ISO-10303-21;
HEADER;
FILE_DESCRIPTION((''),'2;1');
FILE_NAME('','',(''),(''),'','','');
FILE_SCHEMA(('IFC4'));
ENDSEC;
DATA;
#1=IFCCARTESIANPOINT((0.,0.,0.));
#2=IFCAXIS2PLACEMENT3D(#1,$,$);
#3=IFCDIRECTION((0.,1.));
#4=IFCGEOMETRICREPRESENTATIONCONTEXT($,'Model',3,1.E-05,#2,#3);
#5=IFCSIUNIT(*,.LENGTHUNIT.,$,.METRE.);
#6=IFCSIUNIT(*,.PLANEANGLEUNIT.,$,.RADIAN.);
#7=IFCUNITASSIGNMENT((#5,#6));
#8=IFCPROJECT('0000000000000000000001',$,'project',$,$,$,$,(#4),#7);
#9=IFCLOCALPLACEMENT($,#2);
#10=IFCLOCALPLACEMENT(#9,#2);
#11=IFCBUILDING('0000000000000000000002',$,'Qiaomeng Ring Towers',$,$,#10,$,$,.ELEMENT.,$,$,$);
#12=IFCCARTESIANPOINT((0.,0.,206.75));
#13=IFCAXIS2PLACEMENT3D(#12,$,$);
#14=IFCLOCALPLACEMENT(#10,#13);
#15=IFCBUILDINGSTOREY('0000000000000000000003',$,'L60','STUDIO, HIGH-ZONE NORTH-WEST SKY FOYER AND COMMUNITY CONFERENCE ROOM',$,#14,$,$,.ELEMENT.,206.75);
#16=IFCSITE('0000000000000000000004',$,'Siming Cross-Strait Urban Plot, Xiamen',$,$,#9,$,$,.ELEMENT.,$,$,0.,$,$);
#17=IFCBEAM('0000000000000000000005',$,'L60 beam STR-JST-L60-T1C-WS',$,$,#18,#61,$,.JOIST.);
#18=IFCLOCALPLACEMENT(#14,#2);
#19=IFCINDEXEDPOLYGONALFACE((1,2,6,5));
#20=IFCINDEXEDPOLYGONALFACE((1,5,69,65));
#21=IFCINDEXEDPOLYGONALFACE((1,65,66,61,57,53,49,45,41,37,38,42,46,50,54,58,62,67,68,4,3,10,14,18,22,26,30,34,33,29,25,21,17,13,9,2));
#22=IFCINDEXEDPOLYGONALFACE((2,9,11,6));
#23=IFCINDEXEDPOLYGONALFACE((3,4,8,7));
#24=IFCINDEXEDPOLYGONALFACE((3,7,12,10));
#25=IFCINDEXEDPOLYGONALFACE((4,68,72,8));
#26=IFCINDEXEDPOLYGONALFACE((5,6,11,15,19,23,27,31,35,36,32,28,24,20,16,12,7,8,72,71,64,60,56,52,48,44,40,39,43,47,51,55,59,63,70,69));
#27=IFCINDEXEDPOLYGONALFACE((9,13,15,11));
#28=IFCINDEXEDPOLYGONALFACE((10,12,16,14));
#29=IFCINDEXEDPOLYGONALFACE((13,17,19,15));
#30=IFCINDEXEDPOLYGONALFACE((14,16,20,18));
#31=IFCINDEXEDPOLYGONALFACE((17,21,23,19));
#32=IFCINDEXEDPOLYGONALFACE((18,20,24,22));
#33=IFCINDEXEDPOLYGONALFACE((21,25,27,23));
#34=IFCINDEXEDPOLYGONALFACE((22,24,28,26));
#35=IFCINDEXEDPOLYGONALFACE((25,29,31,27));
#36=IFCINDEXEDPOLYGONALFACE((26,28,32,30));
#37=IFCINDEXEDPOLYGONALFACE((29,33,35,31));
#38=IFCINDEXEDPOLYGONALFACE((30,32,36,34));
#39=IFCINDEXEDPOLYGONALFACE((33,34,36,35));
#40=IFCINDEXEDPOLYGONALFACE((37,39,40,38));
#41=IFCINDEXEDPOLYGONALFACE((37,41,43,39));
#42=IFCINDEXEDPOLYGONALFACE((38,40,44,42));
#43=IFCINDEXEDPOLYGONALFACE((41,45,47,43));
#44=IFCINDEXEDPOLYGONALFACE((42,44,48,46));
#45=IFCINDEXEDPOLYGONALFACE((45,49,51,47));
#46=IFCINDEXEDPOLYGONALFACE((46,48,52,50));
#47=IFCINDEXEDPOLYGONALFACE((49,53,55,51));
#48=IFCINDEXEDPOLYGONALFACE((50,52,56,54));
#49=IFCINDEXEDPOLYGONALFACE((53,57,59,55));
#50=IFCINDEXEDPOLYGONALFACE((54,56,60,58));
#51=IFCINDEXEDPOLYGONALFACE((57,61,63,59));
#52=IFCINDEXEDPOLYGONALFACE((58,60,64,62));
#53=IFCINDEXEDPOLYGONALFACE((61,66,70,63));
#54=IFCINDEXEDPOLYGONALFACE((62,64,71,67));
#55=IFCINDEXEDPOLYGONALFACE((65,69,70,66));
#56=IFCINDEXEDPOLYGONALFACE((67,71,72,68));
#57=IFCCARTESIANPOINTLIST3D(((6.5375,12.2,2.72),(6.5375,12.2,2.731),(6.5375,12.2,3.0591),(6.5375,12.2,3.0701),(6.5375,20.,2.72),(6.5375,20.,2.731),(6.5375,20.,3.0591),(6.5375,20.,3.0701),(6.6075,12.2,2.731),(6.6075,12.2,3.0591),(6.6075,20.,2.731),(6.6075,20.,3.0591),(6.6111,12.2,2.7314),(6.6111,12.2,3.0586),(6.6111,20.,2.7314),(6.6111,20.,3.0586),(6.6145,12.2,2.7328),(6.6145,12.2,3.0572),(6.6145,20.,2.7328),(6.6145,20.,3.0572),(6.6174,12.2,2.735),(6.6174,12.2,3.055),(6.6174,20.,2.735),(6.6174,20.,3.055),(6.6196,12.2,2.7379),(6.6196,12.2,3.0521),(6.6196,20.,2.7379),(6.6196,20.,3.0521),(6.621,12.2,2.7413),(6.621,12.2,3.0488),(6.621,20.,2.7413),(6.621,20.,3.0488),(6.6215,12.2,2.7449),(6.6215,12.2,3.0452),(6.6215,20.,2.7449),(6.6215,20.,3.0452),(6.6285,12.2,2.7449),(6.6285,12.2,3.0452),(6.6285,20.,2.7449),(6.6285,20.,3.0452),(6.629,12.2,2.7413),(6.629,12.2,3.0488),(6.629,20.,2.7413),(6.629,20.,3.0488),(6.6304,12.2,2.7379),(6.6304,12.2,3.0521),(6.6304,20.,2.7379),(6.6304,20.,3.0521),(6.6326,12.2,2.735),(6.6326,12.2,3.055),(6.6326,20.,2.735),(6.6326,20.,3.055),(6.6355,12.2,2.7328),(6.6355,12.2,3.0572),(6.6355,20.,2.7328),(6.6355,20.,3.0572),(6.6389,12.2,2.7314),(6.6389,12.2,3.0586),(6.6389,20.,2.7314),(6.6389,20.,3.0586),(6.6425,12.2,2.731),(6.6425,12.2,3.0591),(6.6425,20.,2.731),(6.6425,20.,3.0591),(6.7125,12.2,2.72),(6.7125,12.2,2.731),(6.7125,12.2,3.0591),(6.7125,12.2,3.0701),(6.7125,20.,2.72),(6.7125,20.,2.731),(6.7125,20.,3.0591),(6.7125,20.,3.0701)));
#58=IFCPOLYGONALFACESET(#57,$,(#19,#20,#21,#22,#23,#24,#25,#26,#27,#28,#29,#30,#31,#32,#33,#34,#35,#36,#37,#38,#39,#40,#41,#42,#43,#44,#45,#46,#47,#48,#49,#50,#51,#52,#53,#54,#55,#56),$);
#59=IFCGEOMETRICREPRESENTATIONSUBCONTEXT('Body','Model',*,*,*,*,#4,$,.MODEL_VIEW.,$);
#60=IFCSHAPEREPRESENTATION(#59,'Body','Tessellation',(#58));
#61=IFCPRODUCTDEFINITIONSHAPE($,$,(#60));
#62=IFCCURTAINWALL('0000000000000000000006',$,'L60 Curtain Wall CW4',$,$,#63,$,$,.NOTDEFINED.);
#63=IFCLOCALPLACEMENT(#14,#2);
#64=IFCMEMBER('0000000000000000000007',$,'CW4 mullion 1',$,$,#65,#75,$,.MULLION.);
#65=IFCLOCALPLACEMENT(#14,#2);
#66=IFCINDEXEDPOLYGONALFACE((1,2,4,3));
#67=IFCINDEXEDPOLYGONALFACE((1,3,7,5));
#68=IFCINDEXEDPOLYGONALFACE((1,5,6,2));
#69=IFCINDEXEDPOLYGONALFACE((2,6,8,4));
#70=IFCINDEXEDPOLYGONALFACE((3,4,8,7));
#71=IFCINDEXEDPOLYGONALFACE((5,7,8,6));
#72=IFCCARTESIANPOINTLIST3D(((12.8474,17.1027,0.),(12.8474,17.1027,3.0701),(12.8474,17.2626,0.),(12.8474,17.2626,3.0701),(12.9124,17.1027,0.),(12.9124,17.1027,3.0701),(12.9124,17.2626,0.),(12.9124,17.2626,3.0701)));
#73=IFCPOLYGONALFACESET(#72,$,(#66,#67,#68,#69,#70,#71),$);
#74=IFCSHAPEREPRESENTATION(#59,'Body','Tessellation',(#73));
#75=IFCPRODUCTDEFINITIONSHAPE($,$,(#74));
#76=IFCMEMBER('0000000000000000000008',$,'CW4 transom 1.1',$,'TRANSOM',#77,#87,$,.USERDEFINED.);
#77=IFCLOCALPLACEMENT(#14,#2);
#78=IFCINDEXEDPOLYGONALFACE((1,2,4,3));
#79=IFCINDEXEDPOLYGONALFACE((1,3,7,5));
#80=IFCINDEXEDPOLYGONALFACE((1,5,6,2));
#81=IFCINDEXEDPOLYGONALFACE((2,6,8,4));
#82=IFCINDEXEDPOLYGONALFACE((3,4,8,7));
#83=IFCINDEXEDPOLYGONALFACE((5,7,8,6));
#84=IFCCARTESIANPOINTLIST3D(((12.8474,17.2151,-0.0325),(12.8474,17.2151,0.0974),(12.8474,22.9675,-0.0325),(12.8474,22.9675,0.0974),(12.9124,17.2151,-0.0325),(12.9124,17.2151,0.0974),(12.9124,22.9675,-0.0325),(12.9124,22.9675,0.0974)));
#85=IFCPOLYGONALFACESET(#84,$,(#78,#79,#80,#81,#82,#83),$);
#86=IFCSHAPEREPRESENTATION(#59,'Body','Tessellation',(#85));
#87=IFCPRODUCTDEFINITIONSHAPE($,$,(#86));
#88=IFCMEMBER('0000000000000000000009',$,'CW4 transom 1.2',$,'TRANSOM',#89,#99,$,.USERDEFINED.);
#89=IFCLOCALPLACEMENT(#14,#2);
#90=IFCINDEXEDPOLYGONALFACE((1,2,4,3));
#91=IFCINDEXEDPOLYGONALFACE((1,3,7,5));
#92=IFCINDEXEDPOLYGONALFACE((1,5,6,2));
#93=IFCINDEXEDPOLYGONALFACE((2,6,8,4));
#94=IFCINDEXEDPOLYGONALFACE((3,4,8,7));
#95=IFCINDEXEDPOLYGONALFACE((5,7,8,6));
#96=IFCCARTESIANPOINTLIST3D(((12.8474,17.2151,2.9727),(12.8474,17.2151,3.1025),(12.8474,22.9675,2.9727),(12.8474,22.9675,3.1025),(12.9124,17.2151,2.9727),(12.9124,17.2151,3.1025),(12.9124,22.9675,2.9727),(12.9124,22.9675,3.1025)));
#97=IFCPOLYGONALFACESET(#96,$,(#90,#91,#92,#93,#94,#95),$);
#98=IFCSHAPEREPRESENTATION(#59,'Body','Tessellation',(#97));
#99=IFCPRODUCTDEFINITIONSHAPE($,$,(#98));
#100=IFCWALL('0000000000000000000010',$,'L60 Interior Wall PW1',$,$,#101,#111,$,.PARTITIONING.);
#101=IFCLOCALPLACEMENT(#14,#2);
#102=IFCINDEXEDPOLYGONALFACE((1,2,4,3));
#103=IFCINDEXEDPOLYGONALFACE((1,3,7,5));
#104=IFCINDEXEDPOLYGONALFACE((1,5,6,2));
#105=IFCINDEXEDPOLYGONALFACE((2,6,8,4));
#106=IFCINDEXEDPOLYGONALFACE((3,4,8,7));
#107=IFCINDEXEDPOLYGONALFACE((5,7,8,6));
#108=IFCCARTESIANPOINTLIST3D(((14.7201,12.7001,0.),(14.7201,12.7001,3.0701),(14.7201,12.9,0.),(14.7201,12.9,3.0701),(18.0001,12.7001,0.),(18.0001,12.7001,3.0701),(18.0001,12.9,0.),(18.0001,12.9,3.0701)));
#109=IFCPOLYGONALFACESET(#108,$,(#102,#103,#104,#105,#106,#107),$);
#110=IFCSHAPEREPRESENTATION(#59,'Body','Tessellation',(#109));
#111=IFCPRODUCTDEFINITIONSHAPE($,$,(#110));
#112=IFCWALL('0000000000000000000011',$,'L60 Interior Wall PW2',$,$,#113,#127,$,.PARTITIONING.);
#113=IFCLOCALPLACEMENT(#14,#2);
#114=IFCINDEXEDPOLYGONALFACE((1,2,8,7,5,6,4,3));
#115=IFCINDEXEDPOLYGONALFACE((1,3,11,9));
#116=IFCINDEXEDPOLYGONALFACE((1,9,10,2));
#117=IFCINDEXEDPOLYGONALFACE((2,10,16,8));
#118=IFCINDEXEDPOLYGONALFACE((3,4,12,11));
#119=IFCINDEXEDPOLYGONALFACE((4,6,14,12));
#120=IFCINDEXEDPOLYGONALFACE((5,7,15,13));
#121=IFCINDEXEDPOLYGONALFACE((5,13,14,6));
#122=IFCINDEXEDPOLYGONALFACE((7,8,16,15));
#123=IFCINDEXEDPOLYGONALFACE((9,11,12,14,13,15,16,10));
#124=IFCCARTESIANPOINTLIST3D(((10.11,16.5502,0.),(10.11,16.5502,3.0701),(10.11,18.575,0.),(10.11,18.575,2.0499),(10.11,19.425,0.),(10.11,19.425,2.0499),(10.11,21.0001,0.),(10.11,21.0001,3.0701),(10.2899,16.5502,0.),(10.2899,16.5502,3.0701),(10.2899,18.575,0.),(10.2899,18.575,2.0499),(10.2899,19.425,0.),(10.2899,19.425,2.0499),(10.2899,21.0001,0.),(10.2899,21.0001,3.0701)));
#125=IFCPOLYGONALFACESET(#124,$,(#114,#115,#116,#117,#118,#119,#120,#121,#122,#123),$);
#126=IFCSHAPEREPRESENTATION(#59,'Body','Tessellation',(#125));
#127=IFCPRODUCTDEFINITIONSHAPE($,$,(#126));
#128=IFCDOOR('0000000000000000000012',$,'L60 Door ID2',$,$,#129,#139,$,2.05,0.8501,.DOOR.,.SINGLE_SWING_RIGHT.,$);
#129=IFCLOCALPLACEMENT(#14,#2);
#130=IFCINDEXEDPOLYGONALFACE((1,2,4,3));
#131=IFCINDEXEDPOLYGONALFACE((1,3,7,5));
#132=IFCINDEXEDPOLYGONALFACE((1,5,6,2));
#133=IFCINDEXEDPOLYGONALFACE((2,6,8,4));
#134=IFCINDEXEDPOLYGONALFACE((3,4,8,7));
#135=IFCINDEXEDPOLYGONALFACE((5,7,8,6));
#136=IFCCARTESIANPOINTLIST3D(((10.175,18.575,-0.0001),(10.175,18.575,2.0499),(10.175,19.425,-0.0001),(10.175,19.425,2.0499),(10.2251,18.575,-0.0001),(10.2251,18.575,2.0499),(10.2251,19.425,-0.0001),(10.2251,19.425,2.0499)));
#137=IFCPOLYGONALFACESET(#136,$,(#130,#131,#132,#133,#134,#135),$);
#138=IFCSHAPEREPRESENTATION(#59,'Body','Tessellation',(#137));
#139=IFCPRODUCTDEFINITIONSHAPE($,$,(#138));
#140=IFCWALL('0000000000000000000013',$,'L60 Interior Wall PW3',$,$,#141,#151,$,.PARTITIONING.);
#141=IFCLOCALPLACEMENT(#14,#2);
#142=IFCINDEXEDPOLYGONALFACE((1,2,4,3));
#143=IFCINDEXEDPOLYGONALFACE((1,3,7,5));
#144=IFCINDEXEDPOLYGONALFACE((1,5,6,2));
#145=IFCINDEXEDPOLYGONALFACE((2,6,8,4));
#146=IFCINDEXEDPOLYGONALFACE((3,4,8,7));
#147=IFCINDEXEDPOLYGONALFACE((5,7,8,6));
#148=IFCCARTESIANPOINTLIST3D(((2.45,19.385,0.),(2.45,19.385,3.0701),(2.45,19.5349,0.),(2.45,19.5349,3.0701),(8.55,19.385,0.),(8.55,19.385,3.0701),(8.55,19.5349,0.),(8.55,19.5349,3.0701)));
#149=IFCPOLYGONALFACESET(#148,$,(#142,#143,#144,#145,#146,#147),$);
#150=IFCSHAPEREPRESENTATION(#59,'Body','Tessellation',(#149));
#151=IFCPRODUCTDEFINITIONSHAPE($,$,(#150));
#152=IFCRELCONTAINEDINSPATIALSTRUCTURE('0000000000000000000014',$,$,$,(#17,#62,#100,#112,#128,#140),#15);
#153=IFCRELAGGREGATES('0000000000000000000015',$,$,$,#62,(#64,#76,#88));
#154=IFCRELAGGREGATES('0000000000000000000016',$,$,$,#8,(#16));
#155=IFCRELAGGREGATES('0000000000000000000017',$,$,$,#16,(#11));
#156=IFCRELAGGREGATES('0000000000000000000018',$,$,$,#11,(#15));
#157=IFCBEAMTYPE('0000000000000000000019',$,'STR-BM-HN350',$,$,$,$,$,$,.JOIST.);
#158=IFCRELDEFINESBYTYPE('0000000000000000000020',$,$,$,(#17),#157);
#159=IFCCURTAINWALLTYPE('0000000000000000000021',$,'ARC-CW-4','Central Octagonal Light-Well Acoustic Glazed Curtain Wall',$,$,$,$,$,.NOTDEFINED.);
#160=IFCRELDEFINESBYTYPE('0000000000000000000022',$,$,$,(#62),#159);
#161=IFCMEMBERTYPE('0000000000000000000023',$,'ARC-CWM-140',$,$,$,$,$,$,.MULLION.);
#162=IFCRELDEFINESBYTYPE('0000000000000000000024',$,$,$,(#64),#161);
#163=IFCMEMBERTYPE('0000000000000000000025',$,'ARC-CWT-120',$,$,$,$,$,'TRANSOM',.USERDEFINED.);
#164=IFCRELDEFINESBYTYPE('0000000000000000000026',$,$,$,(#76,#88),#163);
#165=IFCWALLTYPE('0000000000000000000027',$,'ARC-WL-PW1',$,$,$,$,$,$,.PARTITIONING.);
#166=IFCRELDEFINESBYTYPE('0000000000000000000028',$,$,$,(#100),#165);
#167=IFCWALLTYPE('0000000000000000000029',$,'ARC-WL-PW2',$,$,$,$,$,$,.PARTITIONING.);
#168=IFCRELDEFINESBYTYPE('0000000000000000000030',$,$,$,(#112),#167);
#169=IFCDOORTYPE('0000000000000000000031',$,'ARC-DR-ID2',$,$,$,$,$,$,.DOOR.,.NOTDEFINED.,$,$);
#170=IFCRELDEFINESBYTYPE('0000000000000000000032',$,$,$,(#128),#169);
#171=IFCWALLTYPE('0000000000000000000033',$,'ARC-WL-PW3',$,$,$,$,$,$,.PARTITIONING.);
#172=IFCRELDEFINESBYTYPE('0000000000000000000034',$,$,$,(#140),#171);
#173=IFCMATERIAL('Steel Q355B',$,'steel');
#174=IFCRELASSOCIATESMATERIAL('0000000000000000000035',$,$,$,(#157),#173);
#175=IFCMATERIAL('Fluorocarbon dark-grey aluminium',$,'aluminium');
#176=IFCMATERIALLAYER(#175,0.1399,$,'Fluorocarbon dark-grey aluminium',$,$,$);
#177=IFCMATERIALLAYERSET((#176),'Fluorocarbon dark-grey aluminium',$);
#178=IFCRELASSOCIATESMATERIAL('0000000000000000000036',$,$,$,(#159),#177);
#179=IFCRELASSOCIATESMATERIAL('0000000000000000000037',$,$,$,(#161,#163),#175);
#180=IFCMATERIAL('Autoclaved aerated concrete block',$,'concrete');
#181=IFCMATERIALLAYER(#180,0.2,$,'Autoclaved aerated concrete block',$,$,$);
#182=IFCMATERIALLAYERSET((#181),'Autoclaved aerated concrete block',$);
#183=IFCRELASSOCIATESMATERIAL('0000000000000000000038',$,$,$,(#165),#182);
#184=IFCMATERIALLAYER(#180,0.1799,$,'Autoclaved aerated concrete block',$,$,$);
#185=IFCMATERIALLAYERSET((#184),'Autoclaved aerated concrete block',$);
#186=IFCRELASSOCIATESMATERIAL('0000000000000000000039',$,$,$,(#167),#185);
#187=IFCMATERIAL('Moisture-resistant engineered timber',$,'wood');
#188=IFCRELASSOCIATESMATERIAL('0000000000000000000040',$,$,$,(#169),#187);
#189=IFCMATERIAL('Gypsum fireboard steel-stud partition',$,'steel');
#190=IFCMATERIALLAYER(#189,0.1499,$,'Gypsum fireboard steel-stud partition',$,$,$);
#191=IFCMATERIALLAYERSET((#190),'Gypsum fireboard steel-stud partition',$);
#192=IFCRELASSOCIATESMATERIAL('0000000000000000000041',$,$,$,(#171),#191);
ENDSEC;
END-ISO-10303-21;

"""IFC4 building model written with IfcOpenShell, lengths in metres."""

from ifc_helpers import new_model, si_unit, direction, frame, frame_2d, origin, origin_2d, place, context, subcontext, project, spatial, rectangle, i_section, extrude, source, transform, mapped, material, layer, layer_set, material_profile, profile_set, type_object, element, fill, aggregate, save


model = new_model("IFC4")

# Units and contexts
model_context = context("Model", 3, precision=1e-05, world=origin(), true_north=direction((0.0, 1.0)))
body_context = subcontext(model_context, "Body", "Model", "MODEL_VIEW")
ifc_project = project(units=[si_unit("LENGTHUNIT", "METRE"), si_unit("PLANEANGLEUNIT", "RADIAN")], contexts=[model_context])

# Site, building, storey
site_placement = place(None, origin())
site = spatial("IfcSite", under=ifc_project, at=site_placement, Name="Siming Cross-Strait Urban Plot, Xiamen", CompositionType="ELEMENT", RefElevation=0.0)
building_placement = place(site_placement, origin())
building = spatial("IfcBuilding", under=site, at=building_placement, Name="Qiaomeng Ring Towers", CompositionType="ELEMENT")
storey_placement = place(building_placement, frame((0.0, 0.0, 206.75)))
storey = spatial("IfcBuildingStorey", under=building, at=storey_placement, Name="L60", Description="STUDIO, HIGH-ZONE NORTH-WEST SKY FOYER AND COMMUNITY CONFERENCE ROOM", CompositionType="ELEMENT", Elevation=206.75)

# Beam
ifc_material_1 = material(Name="Steel Q355B", Category="steel")
ifc_material_profile_1 = material_profile(ifc_material_1, i_section(OverallWidth=0.175, OverallDepth=0.3501, WebThickness=0.0071, FlangeThickness=0.011, FilletRadius=0.0139, at=origin_2d()), Name="HN 350x175x7x11")
ifc_profile_set_1 = profile_set([ifc_material_profile_1], Name="Steel Q355B")
beam_type_1 = type_object("IfcBeamType", Name="STR-BM-HN350", PredefinedType="JOIST", material=ifc_profile_set_1)
shared_shape_1 = source(origin(), body_context, "Body", "SweptSolid", [
    extrude(i_section(OverallWidth=0.175, OverallDepth=0.3501, WebThickness=0.0071, FlangeThickness=0.011, FilletRadius=0.0139, at=origin_2d()), origin(), (0.0, 0.0, 1.0), 7.8),
])
beam_1_placement = place(storey_placement, frame((6.625, 12.2, 2.895), z_axis=(0.0, 1.0, 0.0), x_axis=(-1.0, 0.0, 0.0)))
element("IfcBeam", 1, at=beam_1_placement, inside=storey, type_object=beam_type_1, Name="L60 beam STR-JST-L60-T1C-WS", PredefinedType="JOIST", context=body_context, shape_type="MappedRepresentation", body=[
    mapped(shared_shape_1, transform((0.0, 0.0, 0.0), x_axis=(1.0, 0.0, 0.0), y_axis=(0.0, 1.0, 0.0), z_axis=(0.0, 0.0, 1.0), scale=1.0)),
])

# Curtain wall, members
ifc_material_2 = material(Name="Fluorocarbon dark-grey aluminium", Category="aluminium")
ifc_layer_1 = layer(ifc_material_2, 0.1399, Name="Fluorocarbon dark-grey aluminium")
ifc_layer_set_1 = layer_set([ifc_layer_1], Name="Fluorocarbon dark-grey aluminium")
curtain_wall_type = type_object("IfcCurtainWallType", Name="ARC-CW-4", Description="Central Octagonal Light-Well Acoustic Glazed Curtain Wall", PredefinedType="NOTDEFINED", material=ifc_layer_set_1)
curtain_wall_placement = place(storey_placement, origin())
curtain_wall = element("IfcCurtainWall", 2, at=curtain_wall_placement, inside=storey, type_object=curtain_wall_type, Name="L60 Curtain Wall CW4", PredefinedType="NOTDEFINED")
ifc_material_profile_2 = material_profile(ifc_material_2, rectangle(XDim=0.0649, YDim=0.1599, at=origin_2d()), Name="ALU MULL 65x160")
ifc_profile_set_2 = profile_set([ifc_material_profile_2], Name="Fluorocarbon dark-grey aluminium")
member_type_1 = type_object("IfcMemberType", Name="ARC-CWM-140", PredefinedType="MULLION", material=ifc_profile_set_2)
shared_shape_2 = source(origin(), body_context, "Body", "SweptSolid", [
    extrude(rectangle(XDim=0.0649, YDim=0.1599, at=origin_2d()), origin(), (0.0, 0.0, 1.0), 3.0701),
])
member_1_placement = place(storey_placement, frame((12.8799, 17.1826, 0.0), z_axis=(0.0, 0.0, 1.0), x_axis=(-1.0, 0.0, 0.0)))
member_1 = element("IfcMember", 3, at=member_1_placement, type_object=member_type_1, Name="CW4 mullion 1", PredefinedType="MULLION", context=body_context, shape_type="MappedRepresentation", body=[
    mapped(shared_shape_2, transform((0.0, 0.0, 0.0), x_axis=(1.0, 0.0, 0.0), y_axis=(0.0, 1.0, 0.0), z_axis=(0.0, 0.0, 1.0), scale=1.0)),
])
ifc_material_profile_3 = material_profile(ifc_material_2, rectangle(XDim=0.0649, YDim=0.1299, at=origin_2d()), Name="ALU TRAN 65x130")
ifc_profile_set_3 = profile_set([ifc_material_profile_3], Name="Fluorocarbon dark-grey aluminium")
member_type_2 = type_object("IfcMemberType", Name="ARC-CWT-120", ElementType="TRANSOM", PredefinedType="USERDEFINED", material=ifc_profile_set_3)
shared_shape_3 = source(origin(), body_context, "Body", "SweptSolid", [
    extrude(rectangle(XDim=0.0649, YDim=0.1299, at=origin_2d()), origin(), (0.0, 0.0, 1.0), 5.7524),
])
member_2_placement = place(storey_placement, frame((12.8799, 17.2151, 0.0325), z_axis=(0.0, 1.0, 0.0), x_axis=(-1.0, 0.0, 0.0)))
member_2 = element("IfcMember", 4, at=member_2_placement, type_object=member_type_2, Name="CW4 transom 1.1", ObjectType="TRANSOM", PredefinedType="USERDEFINED", context=body_context, shape_type="MappedRepresentation", body=[
    mapped(shared_shape_3, transform((0.0, 0.0, 0.0), x_axis=(1.0, 0.0, 0.0), y_axis=(0.0, 1.0, 0.0), z_axis=(0.0, 0.0, 1.0), scale=1.0)),
])
member_3_placement = place(storey_placement, frame((12.8799, 17.2151, 3.0376), z_axis=(0.0, 1.0, 0.0), x_axis=(-1.0, 0.0, 0.0)))
member_3 = element("IfcMember", 5, at=member_3_placement, type_object=member_type_2, Name="CW4 transom 1.2", ObjectType="TRANSOM", PredefinedType="USERDEFINED", context=body_context, shape_type="MappedRepresentation", body=[
    mapped(shared_shape_3, transform((0.0, 0.0, 0.0), x_axis=(1.0, 0.0, 0.0), y_axis=(0.0, 1.0, 0.0), z_axis=(0.0, 0.0, 1.0), scale=1.0)),
])
aggregate(curtain_wall, [member_1, member_2, member_3])

# Wall
ifc_material_3 = material(Name="Autoclaved aerated concrete block", Category="concrete")
ifc_layer_2 = layer(ifc_material_3, 0.2, Name="Autoclaved aerated concrete block")
ifc_layer_set_2 = layer_set([ifc_layer_2], Name="Autoclaved aerated concrete block")
wall_type_1 = type_object("IfcWallType", Name="ARC-WL-PW1", PredefinedType="PARTITIONING", material=ifc_layer_set_2)
wall_1_placement = place(storey_placement, frame((14.72, 12.8, 0.0), z_axis=(0.0, 0.0, 1.0), x_axis=(1.0, 0.0, 0.0)))
element("IfcWall", 6, at=wall_1_placement, inside=storey, type_object=wall_type_1, Name="L60 Interior Wall PW1", PredefinedType="PARTITIONING", context=body_context, shape_type="SweptSolid", body=[
    extrude(rectangle(XDim=3.28, YDim=0.2, at=frame_2d((1.6401, 0.0))), origin(), (0.0, 0.0, 1.0), 3.0701),
])

# Wall, opening, door
ifc_layer_3 = layer(ifc_material_3, 0.1799, Name="Autoclaved aerated concrete block")
ifc_layer_set_3 = layer_set([ifc_layer_3], Name="Autoclaved aerated concrete block")
wall_type_2 = type_object("IfcWallType", Name="ARC-WL-PW2", PredefinedType="PARTITIONING", material=ifc_layer_set_3)
wall_2_placement = place(storey_placement, frame((10.2, 16.55, 0.0), z_axis=(0.0, 0.0, 1.0), x_axis=(0.0, 1.0, 0.0)))
wall_2 = element("IfcWall", 7, at=wall_2_placement, inside=storey, type_object=wall_type_2, Name="L60 Interior Wall PW2", PredefinedType="PARTITIONING", context=body_context, shape_type="SweptSolid", body=[
    extrude(rectangle(XDim=4.45, YDim=0.1799, at=frame_2d((2.2251, 0.0))), origin(), (0.0, 0.0, 1.0), 3.0701),
])
opening_1_placement = place(wall_2_placement, frame((2.0249, 0.0, 0.0)))
opening_1 = element("IfcOpeningElement", 8, at=opening_1_placement, cuts=wall_2, PredefinedType="OPENING", context=body_context, shape_type="SweptSolid", body=[
    extrude(rectangle(XDim=0.8501, YDim=2.05, at=frame_2d((0.425, 1.0249))), frame((0.0, 0.0999, 0.0), z_axis=(0.0, -1.0, 0.0), x_axis=(1.0, 0.0, 0.0)), (0.0, 0.0, 1.0), 0.2),
])
ifc_material_4 = material(Name="Moisture-resistant engineered timber", Category="wood")
door_type_1 = type_object("IfcDoorType", Name="ARC-DR-ID2", OperationType="NOTDEFINED", PredefinedType="DOOR", material=ifc_material_4)
shared_shape_4 = source(origin(), body_context, "Body", "SweptSolid", [
    extrude(rectangle(XDim=0.8501, YDim=2.05, at=frame_2d((0.425, 1.0249))), frame((0.0, 0.0249, 0.0), z_axis=(0.0, -1.0, 0.0), x_axis=(1.0, 0.0, 0.0)), (0.0, 0.0, 1.0), 0.05),
])
door_1_placement = place(opening_1_placement, origin())
door_1 = element("IfcDoor", 9, at=door_1_placement, inside=storey, type_object=door_type_1, Name="L60 Door ID2", OperationType="SINGLE_SWING_RIGHT", OverallHeight=2.05, OverallWidth=0.8501, PredefinedType="DOOR", context=body_context, shape_type="MappedRepresentation", body=[
    mapped(shared_shape_4, transform((0.0, 0.0, 0.0), x_axis=(1.0, 0.0, 0.0), y_axis=(0.0, 1.0, 0.0), z_axis=(0.0, 0.0, 1.0), scale=1.0)),
])
fill(opening_1, door_1)

# Wall
ifc_material_5 = material(Name="Gypsum fireboard steel-stud partition", Category="steel")
ifc_layer_4 = layer(ifc_material_5, 0.1499, Name="Gypsum fireboard steel-stud partition")
ifc_layer_set_4 = layer_set([ifc_layer_4], Name="Gypsum fireboard steel-stud partition")
wall_type_3 = type_object("IfcWallType", Name="ARC-WL-PW3", PredefinedType="PARTITIONING", material=ifc_layer_set_4)
wall_3_placement = place(storey_placement, frame((2.45, 19.46, 0.0), z_axis=(0.0, 0.0, 1.0), x_axis=(1.0, 0.0, 0.0)))
element("IfcWall", 10, at=wall_3_placement, inside=storey, type_object=wall_type_3, Name="L60 Interior Wall PW3", PredefinedType="PARTITIONING", context=body_context, shape_type="SweptSolid", body=[
    extrude(rectangle(XDim=6.1001, YDim=0.1499, at=frame_2d((3.05, 0.0))), origin(), (0.0, 0.0, 1.0), 3.0701),
])

save(model, "model.ifc")
